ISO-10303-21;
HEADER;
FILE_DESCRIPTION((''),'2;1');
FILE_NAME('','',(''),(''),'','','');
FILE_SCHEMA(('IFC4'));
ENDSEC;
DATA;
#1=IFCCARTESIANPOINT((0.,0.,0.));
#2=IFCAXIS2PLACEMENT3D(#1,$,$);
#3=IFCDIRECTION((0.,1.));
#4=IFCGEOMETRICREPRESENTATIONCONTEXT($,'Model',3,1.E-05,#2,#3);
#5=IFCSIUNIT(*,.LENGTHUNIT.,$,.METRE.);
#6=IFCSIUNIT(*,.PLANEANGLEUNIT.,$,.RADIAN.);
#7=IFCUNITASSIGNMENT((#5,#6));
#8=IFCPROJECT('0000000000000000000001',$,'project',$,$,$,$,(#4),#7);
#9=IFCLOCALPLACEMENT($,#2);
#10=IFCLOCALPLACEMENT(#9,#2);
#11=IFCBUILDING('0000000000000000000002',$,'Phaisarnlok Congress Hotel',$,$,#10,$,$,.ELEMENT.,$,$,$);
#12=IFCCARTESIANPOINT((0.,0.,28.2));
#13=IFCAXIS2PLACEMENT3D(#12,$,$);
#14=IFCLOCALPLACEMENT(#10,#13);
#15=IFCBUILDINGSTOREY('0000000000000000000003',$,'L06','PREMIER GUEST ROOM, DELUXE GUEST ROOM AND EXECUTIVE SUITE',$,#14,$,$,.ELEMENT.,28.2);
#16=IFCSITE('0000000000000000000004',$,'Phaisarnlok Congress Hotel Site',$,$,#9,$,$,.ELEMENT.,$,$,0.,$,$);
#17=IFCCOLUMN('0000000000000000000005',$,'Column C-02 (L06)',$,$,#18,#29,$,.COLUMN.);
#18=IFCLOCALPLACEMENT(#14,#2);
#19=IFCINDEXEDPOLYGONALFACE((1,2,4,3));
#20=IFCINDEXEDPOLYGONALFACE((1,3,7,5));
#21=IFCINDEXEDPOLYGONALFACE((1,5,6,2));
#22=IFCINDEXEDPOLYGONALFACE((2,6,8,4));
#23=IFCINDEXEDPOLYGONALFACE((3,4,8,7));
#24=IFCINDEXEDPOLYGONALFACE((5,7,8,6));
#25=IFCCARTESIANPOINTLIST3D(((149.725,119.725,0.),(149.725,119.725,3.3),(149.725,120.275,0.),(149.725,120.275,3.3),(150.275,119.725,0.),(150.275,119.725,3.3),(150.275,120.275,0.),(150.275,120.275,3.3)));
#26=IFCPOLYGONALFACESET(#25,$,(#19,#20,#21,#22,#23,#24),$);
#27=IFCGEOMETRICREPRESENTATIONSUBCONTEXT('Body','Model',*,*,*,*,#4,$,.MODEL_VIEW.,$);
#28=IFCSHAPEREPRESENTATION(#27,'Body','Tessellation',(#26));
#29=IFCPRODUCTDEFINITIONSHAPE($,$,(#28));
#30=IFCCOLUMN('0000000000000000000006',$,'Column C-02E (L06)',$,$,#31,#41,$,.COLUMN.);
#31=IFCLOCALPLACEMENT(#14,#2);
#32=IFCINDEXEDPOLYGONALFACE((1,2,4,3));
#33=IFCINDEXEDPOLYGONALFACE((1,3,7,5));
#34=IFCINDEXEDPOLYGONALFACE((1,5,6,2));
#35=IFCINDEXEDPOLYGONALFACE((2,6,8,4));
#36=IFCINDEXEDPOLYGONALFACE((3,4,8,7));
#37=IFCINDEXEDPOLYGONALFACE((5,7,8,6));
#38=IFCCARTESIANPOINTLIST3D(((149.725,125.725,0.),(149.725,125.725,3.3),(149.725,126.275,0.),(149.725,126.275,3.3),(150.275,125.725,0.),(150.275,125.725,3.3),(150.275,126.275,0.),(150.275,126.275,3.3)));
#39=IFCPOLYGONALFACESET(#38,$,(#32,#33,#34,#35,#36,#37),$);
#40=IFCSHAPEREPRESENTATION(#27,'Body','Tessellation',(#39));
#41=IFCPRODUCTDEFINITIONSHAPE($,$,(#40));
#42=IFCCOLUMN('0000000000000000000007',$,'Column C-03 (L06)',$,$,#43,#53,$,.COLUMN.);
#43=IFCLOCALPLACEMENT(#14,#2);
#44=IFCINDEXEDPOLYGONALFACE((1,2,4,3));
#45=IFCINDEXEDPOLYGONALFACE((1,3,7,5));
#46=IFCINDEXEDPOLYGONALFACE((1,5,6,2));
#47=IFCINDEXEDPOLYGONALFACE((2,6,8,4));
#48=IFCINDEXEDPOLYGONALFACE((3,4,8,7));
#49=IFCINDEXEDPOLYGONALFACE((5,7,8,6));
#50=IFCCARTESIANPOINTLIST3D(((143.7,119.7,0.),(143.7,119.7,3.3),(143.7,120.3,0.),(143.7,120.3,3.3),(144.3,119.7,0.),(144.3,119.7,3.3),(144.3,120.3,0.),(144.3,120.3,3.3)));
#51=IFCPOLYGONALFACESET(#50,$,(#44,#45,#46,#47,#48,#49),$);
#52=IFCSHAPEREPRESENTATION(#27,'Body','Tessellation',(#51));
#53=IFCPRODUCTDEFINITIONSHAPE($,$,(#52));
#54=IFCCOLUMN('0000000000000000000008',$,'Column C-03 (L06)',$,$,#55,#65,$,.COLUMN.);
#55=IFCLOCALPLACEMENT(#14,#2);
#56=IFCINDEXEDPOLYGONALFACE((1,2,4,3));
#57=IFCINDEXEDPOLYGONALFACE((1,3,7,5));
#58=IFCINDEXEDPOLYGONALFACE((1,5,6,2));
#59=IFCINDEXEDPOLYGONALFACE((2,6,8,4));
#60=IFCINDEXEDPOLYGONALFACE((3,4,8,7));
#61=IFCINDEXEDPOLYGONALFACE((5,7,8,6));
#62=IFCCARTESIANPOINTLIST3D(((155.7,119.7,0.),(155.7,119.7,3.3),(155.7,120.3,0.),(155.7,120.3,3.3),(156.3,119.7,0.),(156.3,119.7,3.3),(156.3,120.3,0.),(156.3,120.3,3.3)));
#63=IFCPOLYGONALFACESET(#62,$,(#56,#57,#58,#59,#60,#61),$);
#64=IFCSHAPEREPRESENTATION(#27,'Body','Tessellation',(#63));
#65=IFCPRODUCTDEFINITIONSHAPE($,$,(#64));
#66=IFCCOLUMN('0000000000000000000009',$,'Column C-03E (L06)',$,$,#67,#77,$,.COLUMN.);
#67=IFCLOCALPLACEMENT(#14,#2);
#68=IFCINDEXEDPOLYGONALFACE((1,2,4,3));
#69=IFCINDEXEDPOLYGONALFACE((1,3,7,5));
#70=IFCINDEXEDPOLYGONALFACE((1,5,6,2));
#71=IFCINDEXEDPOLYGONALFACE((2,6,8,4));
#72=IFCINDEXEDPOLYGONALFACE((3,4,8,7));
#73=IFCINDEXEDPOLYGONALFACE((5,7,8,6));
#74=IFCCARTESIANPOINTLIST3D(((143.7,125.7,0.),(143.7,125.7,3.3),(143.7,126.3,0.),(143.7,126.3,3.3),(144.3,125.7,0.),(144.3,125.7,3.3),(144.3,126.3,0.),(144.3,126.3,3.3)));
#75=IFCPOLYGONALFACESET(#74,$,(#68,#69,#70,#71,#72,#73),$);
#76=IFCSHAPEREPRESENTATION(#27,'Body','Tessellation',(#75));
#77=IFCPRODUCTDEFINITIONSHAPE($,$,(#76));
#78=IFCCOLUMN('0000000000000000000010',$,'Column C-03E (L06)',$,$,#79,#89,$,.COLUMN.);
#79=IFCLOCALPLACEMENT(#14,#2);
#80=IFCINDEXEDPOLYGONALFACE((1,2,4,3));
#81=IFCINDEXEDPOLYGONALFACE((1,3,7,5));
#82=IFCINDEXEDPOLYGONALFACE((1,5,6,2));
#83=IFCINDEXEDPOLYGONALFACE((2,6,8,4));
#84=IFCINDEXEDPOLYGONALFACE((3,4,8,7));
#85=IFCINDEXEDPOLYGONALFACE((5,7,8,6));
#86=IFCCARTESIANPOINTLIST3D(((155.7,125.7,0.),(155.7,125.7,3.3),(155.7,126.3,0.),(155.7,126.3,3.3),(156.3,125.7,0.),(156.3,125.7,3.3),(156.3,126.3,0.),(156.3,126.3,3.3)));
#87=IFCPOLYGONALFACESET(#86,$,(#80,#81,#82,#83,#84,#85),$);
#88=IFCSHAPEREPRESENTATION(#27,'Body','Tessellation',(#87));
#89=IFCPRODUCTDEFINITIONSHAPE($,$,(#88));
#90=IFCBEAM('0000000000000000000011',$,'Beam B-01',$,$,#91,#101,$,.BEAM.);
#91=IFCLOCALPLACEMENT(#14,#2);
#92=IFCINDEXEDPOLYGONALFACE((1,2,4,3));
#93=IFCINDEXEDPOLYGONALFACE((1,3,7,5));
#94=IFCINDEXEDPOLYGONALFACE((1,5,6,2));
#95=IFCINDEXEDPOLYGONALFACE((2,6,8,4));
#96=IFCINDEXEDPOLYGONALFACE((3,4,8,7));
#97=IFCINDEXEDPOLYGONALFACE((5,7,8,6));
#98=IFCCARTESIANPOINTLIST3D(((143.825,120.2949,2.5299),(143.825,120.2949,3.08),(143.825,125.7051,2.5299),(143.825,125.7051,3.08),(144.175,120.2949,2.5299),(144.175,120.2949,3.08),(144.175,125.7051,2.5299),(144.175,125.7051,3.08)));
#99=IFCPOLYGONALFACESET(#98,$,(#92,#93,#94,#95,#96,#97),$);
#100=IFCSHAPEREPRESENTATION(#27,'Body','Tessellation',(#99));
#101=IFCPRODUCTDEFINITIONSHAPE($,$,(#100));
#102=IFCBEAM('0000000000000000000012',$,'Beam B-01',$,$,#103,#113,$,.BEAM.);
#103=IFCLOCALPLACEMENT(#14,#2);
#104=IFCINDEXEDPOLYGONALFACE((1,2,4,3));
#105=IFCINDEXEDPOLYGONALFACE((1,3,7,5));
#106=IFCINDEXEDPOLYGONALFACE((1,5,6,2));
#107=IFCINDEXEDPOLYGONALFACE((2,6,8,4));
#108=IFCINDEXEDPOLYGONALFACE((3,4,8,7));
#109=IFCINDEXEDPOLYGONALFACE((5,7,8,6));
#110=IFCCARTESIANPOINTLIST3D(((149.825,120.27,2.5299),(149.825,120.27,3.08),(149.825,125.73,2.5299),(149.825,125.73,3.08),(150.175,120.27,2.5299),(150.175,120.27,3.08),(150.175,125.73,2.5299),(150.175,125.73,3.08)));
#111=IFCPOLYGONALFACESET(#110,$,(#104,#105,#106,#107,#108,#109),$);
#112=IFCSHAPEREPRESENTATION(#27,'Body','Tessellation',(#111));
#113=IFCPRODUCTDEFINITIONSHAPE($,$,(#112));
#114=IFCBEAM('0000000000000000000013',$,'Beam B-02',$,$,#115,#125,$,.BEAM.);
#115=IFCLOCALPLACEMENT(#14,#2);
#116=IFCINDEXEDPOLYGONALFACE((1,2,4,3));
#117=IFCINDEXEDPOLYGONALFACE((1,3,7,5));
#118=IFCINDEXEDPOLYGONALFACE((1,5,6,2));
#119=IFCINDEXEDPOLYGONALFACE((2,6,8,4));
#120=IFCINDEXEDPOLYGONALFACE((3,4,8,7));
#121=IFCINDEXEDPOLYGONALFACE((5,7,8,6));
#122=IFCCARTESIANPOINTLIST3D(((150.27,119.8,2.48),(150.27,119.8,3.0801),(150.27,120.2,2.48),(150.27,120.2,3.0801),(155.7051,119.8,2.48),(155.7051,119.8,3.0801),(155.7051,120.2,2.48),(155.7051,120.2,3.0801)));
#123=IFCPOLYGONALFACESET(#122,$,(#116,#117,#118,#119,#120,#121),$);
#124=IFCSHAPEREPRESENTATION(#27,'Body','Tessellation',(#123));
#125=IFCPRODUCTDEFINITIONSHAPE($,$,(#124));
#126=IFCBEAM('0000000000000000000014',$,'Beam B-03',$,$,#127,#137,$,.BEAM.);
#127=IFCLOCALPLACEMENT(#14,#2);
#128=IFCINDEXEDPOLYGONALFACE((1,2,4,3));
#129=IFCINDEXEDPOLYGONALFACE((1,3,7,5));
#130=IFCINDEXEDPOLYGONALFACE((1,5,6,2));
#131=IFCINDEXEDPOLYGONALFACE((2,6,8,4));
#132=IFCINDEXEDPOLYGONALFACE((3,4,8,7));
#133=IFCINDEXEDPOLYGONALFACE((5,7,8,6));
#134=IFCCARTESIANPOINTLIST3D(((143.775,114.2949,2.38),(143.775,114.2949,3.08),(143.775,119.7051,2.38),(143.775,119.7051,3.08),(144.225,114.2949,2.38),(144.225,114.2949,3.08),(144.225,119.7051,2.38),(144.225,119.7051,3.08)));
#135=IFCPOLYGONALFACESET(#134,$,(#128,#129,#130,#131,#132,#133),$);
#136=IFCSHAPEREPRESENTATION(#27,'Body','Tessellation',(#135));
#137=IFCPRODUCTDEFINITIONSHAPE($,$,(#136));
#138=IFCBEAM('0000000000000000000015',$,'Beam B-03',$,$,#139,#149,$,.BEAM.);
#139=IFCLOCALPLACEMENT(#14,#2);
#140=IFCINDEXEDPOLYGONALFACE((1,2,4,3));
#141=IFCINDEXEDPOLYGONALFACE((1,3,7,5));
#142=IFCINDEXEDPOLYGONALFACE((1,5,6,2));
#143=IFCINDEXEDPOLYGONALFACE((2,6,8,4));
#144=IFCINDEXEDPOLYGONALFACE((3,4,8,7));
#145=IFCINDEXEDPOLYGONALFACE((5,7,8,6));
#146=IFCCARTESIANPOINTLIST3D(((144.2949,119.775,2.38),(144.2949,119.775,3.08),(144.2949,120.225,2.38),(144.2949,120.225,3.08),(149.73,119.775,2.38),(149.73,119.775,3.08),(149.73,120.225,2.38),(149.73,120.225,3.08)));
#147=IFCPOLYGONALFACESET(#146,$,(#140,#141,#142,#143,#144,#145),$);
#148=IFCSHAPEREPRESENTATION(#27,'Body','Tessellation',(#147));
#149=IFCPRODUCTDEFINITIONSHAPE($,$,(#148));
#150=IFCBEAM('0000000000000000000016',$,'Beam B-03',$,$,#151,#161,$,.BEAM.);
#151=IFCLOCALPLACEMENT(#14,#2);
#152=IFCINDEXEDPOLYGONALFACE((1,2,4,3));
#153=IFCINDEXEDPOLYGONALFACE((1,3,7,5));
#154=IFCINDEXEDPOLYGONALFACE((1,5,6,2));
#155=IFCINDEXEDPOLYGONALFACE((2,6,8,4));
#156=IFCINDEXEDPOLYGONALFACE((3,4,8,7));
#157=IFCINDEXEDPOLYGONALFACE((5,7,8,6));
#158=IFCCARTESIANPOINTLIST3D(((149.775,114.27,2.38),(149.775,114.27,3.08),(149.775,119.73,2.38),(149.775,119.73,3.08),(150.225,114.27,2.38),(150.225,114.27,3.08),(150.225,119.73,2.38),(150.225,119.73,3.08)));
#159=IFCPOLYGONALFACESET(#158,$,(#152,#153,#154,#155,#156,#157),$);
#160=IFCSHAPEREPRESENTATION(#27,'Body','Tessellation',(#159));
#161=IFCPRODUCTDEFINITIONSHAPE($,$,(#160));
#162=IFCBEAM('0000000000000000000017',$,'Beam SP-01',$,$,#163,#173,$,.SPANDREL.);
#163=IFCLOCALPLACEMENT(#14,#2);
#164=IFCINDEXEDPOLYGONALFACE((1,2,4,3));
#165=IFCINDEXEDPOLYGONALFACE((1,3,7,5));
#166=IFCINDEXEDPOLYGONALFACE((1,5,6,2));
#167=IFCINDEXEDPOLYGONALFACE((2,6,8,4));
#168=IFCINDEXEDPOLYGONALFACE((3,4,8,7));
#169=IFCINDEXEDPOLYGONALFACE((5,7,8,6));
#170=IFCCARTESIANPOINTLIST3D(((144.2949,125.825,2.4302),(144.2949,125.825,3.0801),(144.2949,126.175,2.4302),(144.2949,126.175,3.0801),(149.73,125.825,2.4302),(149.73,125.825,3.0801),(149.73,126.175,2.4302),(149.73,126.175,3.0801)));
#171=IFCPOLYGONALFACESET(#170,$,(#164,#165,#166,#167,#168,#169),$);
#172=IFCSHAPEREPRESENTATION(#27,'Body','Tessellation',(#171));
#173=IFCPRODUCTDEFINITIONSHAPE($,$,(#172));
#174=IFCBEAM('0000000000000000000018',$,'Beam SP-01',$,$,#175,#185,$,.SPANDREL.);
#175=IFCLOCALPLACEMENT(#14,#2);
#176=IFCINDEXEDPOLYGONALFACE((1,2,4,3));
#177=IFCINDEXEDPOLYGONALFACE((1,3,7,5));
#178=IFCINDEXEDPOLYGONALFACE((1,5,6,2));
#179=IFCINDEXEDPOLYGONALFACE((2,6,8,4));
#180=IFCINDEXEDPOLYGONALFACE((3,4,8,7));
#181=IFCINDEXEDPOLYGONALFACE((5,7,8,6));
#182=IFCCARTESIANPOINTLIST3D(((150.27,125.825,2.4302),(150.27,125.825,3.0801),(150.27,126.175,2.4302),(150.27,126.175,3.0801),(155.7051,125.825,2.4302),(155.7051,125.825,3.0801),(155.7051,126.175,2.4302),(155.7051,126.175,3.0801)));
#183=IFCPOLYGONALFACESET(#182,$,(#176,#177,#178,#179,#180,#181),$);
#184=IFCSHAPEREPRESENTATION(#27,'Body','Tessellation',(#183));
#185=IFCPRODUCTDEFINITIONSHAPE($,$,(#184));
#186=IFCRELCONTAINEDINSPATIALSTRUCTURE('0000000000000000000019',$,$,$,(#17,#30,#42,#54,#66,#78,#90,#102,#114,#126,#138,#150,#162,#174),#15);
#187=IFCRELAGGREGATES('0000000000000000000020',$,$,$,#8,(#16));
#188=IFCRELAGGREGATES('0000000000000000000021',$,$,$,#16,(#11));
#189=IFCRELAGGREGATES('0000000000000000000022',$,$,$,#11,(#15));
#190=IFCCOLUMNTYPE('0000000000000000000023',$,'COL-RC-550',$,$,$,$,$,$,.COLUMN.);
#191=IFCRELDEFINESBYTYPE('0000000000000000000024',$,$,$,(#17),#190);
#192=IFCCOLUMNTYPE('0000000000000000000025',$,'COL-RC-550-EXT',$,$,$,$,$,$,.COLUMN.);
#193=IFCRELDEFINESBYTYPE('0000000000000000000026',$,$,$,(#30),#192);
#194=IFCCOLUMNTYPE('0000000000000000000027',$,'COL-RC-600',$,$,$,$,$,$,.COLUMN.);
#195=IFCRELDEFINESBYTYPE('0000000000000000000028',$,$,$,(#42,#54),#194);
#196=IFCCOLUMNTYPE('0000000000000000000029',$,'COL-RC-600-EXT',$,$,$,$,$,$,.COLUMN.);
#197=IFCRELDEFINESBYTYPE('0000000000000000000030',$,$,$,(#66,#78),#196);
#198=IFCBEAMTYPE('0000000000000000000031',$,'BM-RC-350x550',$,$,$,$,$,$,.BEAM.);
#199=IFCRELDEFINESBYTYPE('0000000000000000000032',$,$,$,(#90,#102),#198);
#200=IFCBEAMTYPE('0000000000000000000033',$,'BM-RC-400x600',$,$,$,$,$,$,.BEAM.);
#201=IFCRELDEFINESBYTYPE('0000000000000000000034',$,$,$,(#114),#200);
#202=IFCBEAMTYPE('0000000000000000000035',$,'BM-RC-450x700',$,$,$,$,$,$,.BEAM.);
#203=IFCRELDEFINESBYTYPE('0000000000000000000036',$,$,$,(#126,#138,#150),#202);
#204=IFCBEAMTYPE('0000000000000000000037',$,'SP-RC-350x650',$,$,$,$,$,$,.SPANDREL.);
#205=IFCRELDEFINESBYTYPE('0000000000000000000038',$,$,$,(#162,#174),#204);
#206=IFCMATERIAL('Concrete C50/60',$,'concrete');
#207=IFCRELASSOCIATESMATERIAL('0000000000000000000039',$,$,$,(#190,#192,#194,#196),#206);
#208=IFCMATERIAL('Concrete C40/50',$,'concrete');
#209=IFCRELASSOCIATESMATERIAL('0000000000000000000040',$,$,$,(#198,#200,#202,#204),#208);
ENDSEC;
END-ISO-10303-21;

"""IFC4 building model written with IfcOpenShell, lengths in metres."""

from ifc_helpers import new_model, si_unit, direction, frame, origin, origin_2d, place, context, subcontext, project, spatial, rectangle, extrude, material, material_profile, profile_set, type_object, element, save


model = new_model("IFC4")

# Units and contexts
model_context = context("Model", 3, precision=1e-05, world=origin(), true_north=direction((0.0, 1.0)))
body_context = subcontext(model_context, "Body", "Model", "MODEL_VIEW")
ifc_project = project(units=[si_unit("LENGTHUNIT", "METRE"), si_unit("PLANEANGLEUNIT", "RADIAN")], contexts=[model_context])

# Site, building, storey
site_placement = place(None, origin())
site = spatial("IfcSite", under=ifc_project, at=site_placement, Name="Phaisarnlok Congress Hotel Site", CompositionType="ELEMENT", RefElevation=0.0)
building_placement = place(site_placement, origin())
building = spatial("IfcBuilding", under=site, at=building_placement, Name="Phaisarnlok Congress Hotel", CompositionType="ELEMENT")
storey_placement = place(building_placement, frame((0.0, 0.0, 28.2)))
storey = spatial("IfcBuildingStorey", under=building, at=storey_placement, Name="L06", Description="PREMIER GUEST ROOM, DELUXE GUEST ROOM AND EXECUTIVE SUITE", CompositionType="ELEMENT", Elevation=28.2)

# Columns
ifc_material_1 = material(Name="Concrete C50/60", Category="concrete")
ifc_material_profile_1 = material_profile(ifc_material_1, rectangle(XDim=0.55, YDim=0.55, at=origin_2d()), Name="RC 550x550")
ifc_profile_set_1 = profile_set([ifc_material_profile_1], Name="Concrete C50/60")
column_type_1 = type_object("IfcColumnType", Name="COL-RC-550", PredefinedType="COLUMN", material=ifc_profile_set_1)
column_1_placement = place(storey_placement, frame((150.0, 120.0, 0.0), z_axis=(0.0, 0.0, 1.0), x_axis=(1.0, 0.0, 0.0)))
element("IfcColumn", 1, at=column_1_placement, inside=storey, type_object=column_type_1, Name="Column C-02 (L06)", PredefinedType="COLUMN", context=body_context, shape_type="SweptSolid", body=[
    extrude(rectangle(XDim=0.55, YDim=0.55, at=origin_2d()), origin(), (0.0, 0.0, 1.0), 3.3),
])
ifc_material_profile_2 = material_profile(ifc_material_1, rectangle(XDim=0.55, YDim=0.55, at=origin_2d()), Name="RC 550x550")
ifc_profile_set_2 = profile_set([ifc_material_profile_2], Name="Concrete C50/60")
column_type_2 = type_object("IfcColumnType", Name="COL-RC-550-EXT", PredefinedType="COLUMN", material=ifc_profile_set_2)
column_2_placement = place(storey_placement, frame((150.0, 126.0, 0.0), z_axis=(0.0, 0.0, 1.0), x_axis=(1.0, 0.0, 0.0)))
element("IfcColumn", 2, at=column_2_placement, inside=storey, type_object=column_type_2, Name="Column C-02E (L06)", PredefinedType="COLUMN", context=body_context, shape_type="SweptSolid", body=[
    extrude(rectangle(XDim=0.55, YDim=0.55, at=origin_2d()), origin(), (0.0, 0.0, 1.0), 3.3),
])
ifc_material_profile_3 = material_profile(ifc_material_1, rectangle(XDim=0.6001, YDim=0.6001, at=origin_2d()), Name="RC 600x600")
ifc_profile_set_3 = profile_set([ifc_material_profile_3], Name="Concrete C50/60")
column_type_3 = type_object("IfcColumnType", Name="COL-RC-600", PredefinedType="COLUMN", material=ifc_profile_set_3)
for number, where, z_axis, x_axis, name in (
    (3, (144.0, 120.0, 0.0), (0.0, 0.0, 1.0), (1.0, 0.0, 0.0), "Column C-03 (L06)"),
    (4, (156.0, 120.0, 0.0), (0.0, 0.0, 1.0), (1.0, 0.0, 0.0), "Column C-03 (L06)"),
):
    element("IfcColumn", number, at=place(storey_placement, frame(where, z_axis=z_axis, x_axis=x_axis)), inside=storey, type_object=column_type_3, Name=name, PredefinedType="COLUMN", context=body_context, shape_type="SweptSolid", body=[
        extrude(rectangle(XDim=0.6001, YDim=0.6001, at=origin_2d()), origin(), (0.0, 0.0, 1.0), 3.3),
    ])
ifc_material_profile_4 = material_profile(ifc_material_1, rectangle(XDim=0.6001, YDim=0.6001, at=origin_2d()), Name="RC 600x600")
ifc_profile_set_4 = profile_set([ifc_material_profile_4], Name="Concrete C50/60")
column_type_4 = type_object("IfcColumnType", Name="COL-RC-600-EXT", PredefinedType="COLUMN", material=ifc_profile_set_4)
for number, where, z_axis, x_axis, name in (
    (5, (144.0, 126.0, 0.0), (0.0, 0.0, 1.0), (1.0, 0.0, 0.0), "Column C-03E (L06)"),
    (6, (156.0, 126.0, 0.0), (0.0, 0.0, 1.0), (1.0, 0.0, 0.0), "Column C-03E (L06)"),
):
    element("IfcColumn", number, at=place(storey_placement, frame(where, z_axis=z_axis, x_axis=x_axis)), inside=storey, type_object=column_type_4, Name=name, PredefinedType="COLUMN", context=body_context, shape_type="SweptSolid", body=[
        extrude(rectangle(XDim=0.6001, YDim=0.6001, at=origin_2d()), origin(), (0.0, 0.0, 1.0), 3.3),
    ])

# Beams
ifc_material_2 = material(Name="Concrete C40/50", Category="concrete")
ifc_material_profile_5 = material_profile(ifc_material_2, rectangle(XDim=0.3501, YDim=0.55, at=origin_2d()), Name="RC 350x550")
ifc_profile_set_5 = profile_set([ifc_material_profile_5], Name="Concrete C40/50")
beam_type_1 = type_object("IfcBeamType", Name="BM-RC-350x550", PredefinedType="BEAM", material=ifc_profile_set_5)
beam_1_placement = place(storey_placement, frame((144.0, 120.2949, 2.8049), z_axis=(0.0, 1.0, 0.0), x_axis=(-1.0, 0.0, 0.0)))
element("IfcBeam", 7, at=beam_1_placement, inside=storey, type_object=beam_type_1, Name="Beam B-01", PredefinedType="BEAM", context=body_context, shape_type="SweptSolid", body=[
    extrude(rectangle(XDim=0.3501, YDim=0.55, at=origin_2d()), origin(), (0.0, 0.0, 1.0), 5.4102),
])
beam_2_placement = place(storey_placement, frame((150.0, 120.27, 2.8049), z_axis=(0.0, 1.0, 0.0), x_axis=(-1.0, 0.0, 0.0)))
element("IfcBeam", 8, at=beam_2_placement, inside=storey, type_object=beam_type_1, Name="Beam B-01", PredefinedType="BEAM", context=body_context, shape_type="SweptSolid", body=[
    extrude(rectangle(XDim=0.3501, YDim=0.55, at=origin_2d()), origin(), (0.0, 0.0, 1.0), 5.46),
])
ifc_material_profile_6 = material_profile(ifc_material_2, rectangle(XDim=0.3999, YDim=0.6001, at=origin_2d()), Name="RC 400x600")
ifc_profile_set_6 = profile_set([ifc_material_profile_6], Name="Concrete C40/50")
beam_type_2 = type_object("IfcBeamType", Name="BM-RC-400x600", PredefinedType="BEAM", material=ifc_profile_set_6)
beam_3_placement = place(storey_placement, frame((150.27, 120.0, 2.78), z_axis=(1.0, 0.0, 0.0), x_axis=(0.0, 1.0, 0.0)))
element("IfcBeam", 9, at=beam_3_placement, inside=storey, type_object=beam_type_2, Name="Beam B-02", PredefinedType="BEAM", context=body_context, shape_type="SweptSolid", body=[
    extrude(rectangle(XDim=0.3999, YDim=0.6001, at=origin_2d()), origin(), (0.0, 0.0, 1.0), 5.4351),
])
ifc_material_profile_7 = material_profile(ifc_material_2, rectangle(XDim=0.45, YDim=0.7, at=origin_2d()), Name="RC 450x700")
ifc_profile_set_7 = profile_set([ifc_material_profile_7], Name="Concrete C40/50")
beam_type_3 = type_object("IfcBeamType", Name="BM-RC-450x700", PredefinedType="BEAM", material=ifc_profile_set_7)
beam_4_placement = place(storey_placement, frame((144.0, 114.2949, 2.73), z_axis=(0.0, 1.0, 0.0), x_axis=(-1.0, 0.0, 0.0)))
element("IfcBeam", 10, at=beam_4_placement, inside=storey, type_object=beam_type_3, Name="Beam B-03", PredefinedType="BEAM", context=body_context, shape_type="SweptSolid", body=[
    extrude(rectangle(XDim=0.45, YDim=0.7, at=origin_2d()), origin(), (0.0, 0.0, 1.0), 5.4102),
])
beam_5_placement = place(storey_placement, frame((144.2949, 120.0, 2.73), z_axis=(1.0, 0.0, 0.0), x_axis=(0.0, 1.0, 0.0)))
element("IfcBeam", 11, at=beam_5_placement, inside=storey, type_object=beam_type_3, Name="Beam B-03", PredefinedType="BEAM", context=body_context, shape_type="SweptSolid", body=[
    extrude(rectangle(XDim=0.45, YDim=0.7, at=origin_2d()), origin(), (0.0, 0.0, 1.0), 5.4351),
])
beam_6_placement = place(storey_placement, frame((150.0, 114.27, 2.73), z_axis=(0.0, 1.0, 0.0), x_axis=(-1.0, 0.0, 0.0)))
element("IfcBeam", 12, at=beam_6_placement, inside=storey, type_object=beam_type_3, Name="Beam B-03", PredefinedType="BEAM", context=body_context, shape_type="SweptSolid", body=[
    extrude(rectangle(XDim=0.45, YDim=0.7, at=origin_2d()), origin(), (0.0, 0.0, 1.0), 5.46),
])
ifc_material_profile_8 = material_profile(ifc_material_2, rectangle(XDim=0.3501, YDim=0.6499, at=origin_2d()), Name="RC 350x650")
ifc_profile_set_8 = profile_set([ifc_material_profile_8], Name="Concrete C40/50")
beam_type_4 = type_object("IfcBeamType", Name="SP-RC-350x650", PredefinedType="SPANDREL", material=ifc_profile_set_8)
for number, where, z_axis, x_axis, name in (
    (13, (144.2949, 126.0, 2.7551), (1.0, 0.0, 0.0), (0.0, 1.0, 0.0), "Beam SP-01"),
    (14, (150.27, 126.0, 2.7551), (1.0, 0.0, 0.0), (0.0, 1.0, 0.0), "Beam SP-01"),
):
    element("IfcBeam", number, at=place(storey_placement, frame(where, z_axis=z_axis, x_axis=x_axis)), inside=storey, type_object=beam_type_4, Name=name, PredefinedType="SPANDREL", context=body_context, shape_type="SweptSolid", body=[
        extrude(rectangle(XDim=0.3501, YDim=0.6499, at=origin_2d()), origin(), (0.0, 0.0, 1.0), 5.4351),
    ])

save(model, "model.ifc")
